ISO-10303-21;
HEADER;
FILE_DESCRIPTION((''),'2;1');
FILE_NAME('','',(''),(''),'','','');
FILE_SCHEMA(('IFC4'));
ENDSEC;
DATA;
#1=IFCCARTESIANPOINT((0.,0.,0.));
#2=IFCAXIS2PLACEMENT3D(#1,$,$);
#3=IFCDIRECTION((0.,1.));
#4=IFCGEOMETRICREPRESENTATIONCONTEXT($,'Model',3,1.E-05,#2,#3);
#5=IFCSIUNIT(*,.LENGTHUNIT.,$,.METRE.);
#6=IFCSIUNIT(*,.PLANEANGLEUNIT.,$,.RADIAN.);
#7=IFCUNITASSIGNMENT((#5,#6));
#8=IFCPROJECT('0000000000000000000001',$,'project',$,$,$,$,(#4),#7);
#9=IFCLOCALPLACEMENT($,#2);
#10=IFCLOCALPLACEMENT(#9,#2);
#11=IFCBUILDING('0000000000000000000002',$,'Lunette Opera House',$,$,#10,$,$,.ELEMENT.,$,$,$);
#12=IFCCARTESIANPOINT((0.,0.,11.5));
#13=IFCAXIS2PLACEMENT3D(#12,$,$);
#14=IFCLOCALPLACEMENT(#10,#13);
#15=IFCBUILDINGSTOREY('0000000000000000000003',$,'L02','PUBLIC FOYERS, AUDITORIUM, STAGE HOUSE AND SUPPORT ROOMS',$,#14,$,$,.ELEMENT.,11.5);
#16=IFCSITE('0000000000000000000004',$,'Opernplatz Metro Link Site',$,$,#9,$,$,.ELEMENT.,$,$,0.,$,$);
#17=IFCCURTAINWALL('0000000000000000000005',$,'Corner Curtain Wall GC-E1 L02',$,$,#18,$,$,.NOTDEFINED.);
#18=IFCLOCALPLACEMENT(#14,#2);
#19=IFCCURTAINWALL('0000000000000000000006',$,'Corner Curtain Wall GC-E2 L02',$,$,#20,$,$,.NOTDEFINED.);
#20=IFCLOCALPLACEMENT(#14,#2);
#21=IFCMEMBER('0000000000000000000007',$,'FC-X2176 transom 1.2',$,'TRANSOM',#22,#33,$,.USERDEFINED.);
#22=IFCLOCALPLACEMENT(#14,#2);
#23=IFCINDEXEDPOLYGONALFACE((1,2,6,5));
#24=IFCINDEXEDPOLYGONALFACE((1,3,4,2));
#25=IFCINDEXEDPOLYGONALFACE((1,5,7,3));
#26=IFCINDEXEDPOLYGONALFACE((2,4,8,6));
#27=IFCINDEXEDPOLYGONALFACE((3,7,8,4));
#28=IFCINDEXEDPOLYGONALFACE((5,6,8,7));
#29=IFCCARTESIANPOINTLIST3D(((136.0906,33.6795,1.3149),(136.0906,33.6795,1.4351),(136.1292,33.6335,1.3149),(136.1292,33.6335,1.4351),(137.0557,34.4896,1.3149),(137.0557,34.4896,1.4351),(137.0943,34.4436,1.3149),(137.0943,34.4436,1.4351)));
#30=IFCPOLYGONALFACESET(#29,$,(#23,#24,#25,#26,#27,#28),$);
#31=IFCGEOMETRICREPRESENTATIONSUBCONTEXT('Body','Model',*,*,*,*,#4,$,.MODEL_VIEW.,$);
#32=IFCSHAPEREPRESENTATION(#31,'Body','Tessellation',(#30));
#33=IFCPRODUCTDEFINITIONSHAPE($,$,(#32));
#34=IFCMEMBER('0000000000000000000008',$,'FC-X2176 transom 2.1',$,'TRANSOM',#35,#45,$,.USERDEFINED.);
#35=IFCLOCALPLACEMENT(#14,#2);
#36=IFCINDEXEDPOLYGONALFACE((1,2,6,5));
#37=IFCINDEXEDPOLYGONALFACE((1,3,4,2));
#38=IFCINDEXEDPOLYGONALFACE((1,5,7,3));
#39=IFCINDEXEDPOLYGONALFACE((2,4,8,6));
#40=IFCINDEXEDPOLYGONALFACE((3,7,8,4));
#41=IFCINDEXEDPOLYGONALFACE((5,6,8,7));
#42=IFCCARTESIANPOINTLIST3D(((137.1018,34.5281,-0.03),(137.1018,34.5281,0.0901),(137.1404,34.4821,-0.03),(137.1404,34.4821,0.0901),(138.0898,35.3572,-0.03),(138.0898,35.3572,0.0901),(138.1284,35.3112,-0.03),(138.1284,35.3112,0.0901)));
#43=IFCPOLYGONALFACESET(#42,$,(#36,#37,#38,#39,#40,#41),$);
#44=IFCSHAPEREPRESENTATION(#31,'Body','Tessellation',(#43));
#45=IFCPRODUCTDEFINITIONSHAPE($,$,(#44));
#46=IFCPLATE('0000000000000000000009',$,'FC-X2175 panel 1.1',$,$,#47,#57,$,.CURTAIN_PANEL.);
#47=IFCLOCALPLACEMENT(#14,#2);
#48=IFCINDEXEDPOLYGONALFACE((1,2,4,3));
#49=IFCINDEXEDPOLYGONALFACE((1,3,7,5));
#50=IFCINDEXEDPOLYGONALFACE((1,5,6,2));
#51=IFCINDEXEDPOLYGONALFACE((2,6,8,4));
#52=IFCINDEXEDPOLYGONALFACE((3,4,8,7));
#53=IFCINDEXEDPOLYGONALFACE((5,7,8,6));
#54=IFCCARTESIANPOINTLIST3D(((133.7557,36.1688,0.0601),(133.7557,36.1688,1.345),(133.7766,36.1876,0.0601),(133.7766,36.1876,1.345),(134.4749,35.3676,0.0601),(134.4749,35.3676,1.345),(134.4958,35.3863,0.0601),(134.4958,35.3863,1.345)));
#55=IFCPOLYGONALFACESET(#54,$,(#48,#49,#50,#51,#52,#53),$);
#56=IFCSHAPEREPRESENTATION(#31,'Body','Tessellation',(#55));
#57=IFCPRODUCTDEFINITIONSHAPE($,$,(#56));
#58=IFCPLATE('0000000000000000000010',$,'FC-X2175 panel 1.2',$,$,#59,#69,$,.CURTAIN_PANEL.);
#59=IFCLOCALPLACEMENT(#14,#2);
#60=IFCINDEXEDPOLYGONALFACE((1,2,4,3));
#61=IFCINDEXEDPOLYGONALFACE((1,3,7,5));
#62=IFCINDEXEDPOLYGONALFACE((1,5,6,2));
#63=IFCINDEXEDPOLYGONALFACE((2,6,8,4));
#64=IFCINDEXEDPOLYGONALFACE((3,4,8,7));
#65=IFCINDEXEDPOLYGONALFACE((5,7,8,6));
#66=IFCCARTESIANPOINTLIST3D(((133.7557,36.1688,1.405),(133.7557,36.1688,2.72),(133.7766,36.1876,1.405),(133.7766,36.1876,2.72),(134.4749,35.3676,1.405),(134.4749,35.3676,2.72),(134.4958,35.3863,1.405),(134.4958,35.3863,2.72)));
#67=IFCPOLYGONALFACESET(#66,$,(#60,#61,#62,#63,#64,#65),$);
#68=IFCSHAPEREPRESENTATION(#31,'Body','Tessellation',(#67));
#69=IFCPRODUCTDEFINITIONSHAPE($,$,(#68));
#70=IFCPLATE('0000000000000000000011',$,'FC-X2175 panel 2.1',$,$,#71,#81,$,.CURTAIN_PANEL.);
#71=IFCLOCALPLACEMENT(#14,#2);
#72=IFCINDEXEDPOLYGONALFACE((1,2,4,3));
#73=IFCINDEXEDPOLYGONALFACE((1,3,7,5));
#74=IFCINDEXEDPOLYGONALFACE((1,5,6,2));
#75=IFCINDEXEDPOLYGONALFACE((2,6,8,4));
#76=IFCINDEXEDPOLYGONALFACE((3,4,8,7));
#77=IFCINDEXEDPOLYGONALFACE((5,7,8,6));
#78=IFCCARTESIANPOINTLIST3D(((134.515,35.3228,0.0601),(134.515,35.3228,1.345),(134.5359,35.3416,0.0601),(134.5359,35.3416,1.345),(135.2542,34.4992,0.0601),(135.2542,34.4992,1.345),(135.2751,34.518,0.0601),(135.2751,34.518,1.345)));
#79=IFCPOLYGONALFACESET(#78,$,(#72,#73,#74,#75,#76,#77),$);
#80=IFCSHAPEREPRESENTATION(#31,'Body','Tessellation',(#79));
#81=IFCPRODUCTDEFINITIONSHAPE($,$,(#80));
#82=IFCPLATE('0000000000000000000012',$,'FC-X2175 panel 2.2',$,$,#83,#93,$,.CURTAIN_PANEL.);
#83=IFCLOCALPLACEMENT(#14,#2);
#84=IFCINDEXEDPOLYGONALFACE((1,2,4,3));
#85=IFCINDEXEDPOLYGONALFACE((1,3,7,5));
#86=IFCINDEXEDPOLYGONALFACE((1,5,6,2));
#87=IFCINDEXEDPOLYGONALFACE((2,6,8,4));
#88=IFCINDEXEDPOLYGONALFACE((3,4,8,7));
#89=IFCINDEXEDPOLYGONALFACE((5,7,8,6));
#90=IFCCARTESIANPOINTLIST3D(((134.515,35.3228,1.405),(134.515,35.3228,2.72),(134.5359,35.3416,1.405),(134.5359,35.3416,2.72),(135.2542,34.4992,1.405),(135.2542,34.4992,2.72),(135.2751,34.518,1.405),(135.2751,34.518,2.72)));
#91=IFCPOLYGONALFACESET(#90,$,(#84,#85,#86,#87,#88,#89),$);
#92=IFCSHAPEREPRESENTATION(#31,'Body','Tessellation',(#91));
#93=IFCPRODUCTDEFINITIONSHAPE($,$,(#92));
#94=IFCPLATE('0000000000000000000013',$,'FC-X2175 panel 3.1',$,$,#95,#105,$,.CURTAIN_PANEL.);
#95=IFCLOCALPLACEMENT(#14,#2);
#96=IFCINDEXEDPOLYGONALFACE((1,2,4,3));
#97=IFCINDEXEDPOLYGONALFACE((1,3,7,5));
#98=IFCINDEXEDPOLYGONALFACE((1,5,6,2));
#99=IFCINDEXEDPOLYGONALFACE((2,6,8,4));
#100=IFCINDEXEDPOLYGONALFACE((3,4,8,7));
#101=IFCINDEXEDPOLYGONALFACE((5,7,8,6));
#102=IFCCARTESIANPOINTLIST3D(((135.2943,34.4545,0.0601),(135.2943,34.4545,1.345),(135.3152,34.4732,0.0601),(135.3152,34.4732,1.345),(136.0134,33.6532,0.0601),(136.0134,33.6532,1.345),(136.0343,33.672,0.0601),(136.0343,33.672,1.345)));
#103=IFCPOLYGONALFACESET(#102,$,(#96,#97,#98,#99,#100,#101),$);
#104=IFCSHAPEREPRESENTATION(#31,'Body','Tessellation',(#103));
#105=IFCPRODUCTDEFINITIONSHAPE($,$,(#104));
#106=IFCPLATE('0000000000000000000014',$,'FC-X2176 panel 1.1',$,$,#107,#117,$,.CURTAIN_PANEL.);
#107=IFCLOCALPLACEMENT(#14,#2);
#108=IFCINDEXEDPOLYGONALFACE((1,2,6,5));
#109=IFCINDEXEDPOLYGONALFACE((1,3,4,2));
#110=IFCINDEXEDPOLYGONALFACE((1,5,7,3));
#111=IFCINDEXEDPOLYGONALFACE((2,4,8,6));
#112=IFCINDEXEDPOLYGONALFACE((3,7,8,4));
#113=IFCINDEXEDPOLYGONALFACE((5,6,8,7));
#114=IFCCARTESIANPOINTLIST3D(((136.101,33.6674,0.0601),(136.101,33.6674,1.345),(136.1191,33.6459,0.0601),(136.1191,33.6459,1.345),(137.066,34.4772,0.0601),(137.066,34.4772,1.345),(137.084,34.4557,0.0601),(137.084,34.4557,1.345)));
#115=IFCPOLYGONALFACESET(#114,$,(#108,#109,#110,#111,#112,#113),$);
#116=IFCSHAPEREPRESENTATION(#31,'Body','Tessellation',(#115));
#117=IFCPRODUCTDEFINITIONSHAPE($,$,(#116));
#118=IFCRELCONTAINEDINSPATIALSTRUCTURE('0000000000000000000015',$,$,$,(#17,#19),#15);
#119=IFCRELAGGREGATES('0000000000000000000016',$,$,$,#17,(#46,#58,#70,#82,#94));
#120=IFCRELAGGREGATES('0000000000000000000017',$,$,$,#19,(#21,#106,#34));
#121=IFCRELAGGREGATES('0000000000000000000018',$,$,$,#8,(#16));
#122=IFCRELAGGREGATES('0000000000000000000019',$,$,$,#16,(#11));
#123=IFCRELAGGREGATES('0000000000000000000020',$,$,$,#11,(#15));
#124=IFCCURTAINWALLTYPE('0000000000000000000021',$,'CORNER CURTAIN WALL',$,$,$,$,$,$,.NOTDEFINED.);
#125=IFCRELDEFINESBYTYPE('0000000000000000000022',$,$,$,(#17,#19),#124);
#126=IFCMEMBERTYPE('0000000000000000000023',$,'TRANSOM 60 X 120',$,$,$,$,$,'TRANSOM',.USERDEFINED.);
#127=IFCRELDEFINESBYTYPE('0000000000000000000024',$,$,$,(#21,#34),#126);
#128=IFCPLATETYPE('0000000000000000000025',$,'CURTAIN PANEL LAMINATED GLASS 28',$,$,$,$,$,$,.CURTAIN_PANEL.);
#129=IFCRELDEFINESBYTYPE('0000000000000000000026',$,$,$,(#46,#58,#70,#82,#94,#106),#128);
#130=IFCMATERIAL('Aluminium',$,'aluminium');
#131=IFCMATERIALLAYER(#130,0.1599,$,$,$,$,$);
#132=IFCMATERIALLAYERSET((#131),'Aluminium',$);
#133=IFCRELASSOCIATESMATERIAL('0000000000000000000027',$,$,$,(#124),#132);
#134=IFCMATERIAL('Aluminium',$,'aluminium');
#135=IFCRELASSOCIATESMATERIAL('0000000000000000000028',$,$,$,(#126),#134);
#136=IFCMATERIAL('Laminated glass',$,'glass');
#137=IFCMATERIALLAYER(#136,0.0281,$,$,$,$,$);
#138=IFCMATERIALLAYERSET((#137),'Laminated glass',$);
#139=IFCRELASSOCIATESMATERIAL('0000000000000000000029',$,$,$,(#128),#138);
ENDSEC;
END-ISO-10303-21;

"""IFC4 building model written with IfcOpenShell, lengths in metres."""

from ifc_helpers import new_model, si_unit, direction, frame, origin, origin_2d, place, context, subcontext, project, spatial, rectangle, extrude, material, layer, layer_set, material_profile, profile_set, type_object, element, aggregate, save


model = new_model("IFC4")

# Units and contexts
model_context = context("Model", 3, precision=1e-05, world=origin(), true_north=direction((0.0, 1.0)))
body_context = subcontext(model_context, "Body", "Model", "MODEL_VIEW")
ifc_project = project(units=[si_unit("LENGTHUNIT", "METRE"), si_unit("PLANEANGLEUNIT", "RADIAN")], contexts=[model_context])

# Site, building, storey
site_placement = place(None, origin())
site = spatial("IfcSite", under=ifc_project, at=site_placement, Name="Opernplatz Metro Link Site", CompositionType="ELEMENT", RefElevation=0.0)
building_placement = place(site_placement, origin())
building = spatial("IfcBuilding", under=site, at=building_placement, Name="Lunette Opera House", CompositionType="ELEMENT")
storey_placement = place(building_placement, frame((0.0, 0.0, 11.5)))
storey = spatial("IfcBuildingStorey", under=building, at=storey_placement, Name="L02", Description="PUBLIC FOYERS, AUDITORIUM, STAGE HOUSE AND SUPPORT ROOMS", CompositionType="ELEMENT", Elevation=11.5)

# Curtain walls
ifc_material_1 = material(Name="Aluminium", Category="aluminium")
ifc_layer_1 = layer(ifc_material_1, 0.1599)
ifc_layer_set_1 = layer_set([ifc_layer_1], Name="Aluminium")
curtain_wall_type = type_object("IfcCurtainWallType", Name="CORNER CURTAIN WALL", PredefinedType="NOTDEFINED", material=ifc_layer_set_1)
curtain_wall_1_placement = place(storey_placement, origin())
curtain_wall_1 = element("IfcCurtainWall", 1, at=curtain_wall_1_placement, inside=storey, type_object=curtain_wall_type, Name="Corner Curtain Wall GC-E1 L02", PredefinedType="NOTDEFINED")
curtain_wall_2_placement = place(storey_placement, origin())
curtain_wall_2 = element("IfcCurtainWall", 2, at=curtain_wall_2_placement, inside=storey, type_object=curtain_wall_type, Name="Corner Curtain Wall GC-E2 L02", PredefinedType="NOTDEFINED")

# Members
ifc_material_2 = material(Name="Aluminium", Category="aluminium")
ifc_material_profile_1 = material_profile(ifc_material_2, rectangle(XDim=0.0601, YDim=0.1201, at=origin_2d()), Name="TRANSOM 60 X 120")
ifc_profile_set_1 = profile_set([ifc_material_profile_1], Name="Aluminium")
member_type_1 = type_object("IfcMemberType", Name="TRANSOM 60 X 120", ElementType="TRANSOM", PredefinedType="USERDEFINED", material=ifc_profile_set_1)
member_1_placement = place(storey_placement, frame((136.1099, 33.6565, 1.375), z_axis=(0.765945, 0.642906, 0.0), x_axis=(-0.642906, 0.765945, 0.0)))
member_1 = element("IfcMember", 3, at=member_1_placement, type_object=member_type_1, Name="FC-X2176 transom 1.2", ObjectType="TRANSOM", PredefinedType="USERDEFINED", context=body_context, shape_type="SweptSolid", body=[
    extrude(rectangle(XDim=0.0601, YDim=0.1201, at=origin_2d()), origin(), (0.0, 0.0, 1.0), 1.26),
])
member_2_placement = place(storey_placement, frame((137.1211, 34.5051, 0.03), z_axis=(0.766029, 0.642806, 0.0), x_axis=(-0.642806, 0.766029, 0.0)))
member_2 = element("IfcMember", 4, at=member_2_placement, type_object=member_type_1, Name="FC-X2176 transom 2.1", ObjectType="TRANSOM", PredefinedType="USERDEFINED", context=body_context, shape_type="SweptSolid", body=[
    extrude(rectangle(XDim=0.0601, YDim=0.1201, at=origin_2d()), origin(), (0.0, 0.0, 1.0), 1.2898),
])

# Plates
ifc_material_3 = material(Name="Laminated glass", Category="glass")
ifc_layer_2 = layer(ifc_material_3, 0.0281)
ifc_layer_set_2 = layer_set([ifc_layer_2], Name="Laminated glass")
plate_type = type_object("IfcPlateType", Name="CURTAIN PANEL LAMINATED GLASS 28", PredefinedType="CURTAIN_PANEL", material=ifc_layer_set_2)
plate_1_placement = place(storey_placement, frame((134.1257, 35.7776, 0.0601), z_axis=(0.0, 0.0, 1.0), x_axis=(0.667938, -0.744217, 0.0)))
plate_1 = element("IfcPlate", 5, at=plate_1_placement, type_object=plate_type, Name="FC-X2175 panel 1.1", PredefinedType="CURTAIN_PANEL", context=body_context, shape_type="SweptSolid", body=[
    extrude(rectangle(XDim=1.0767, YDim=0.0281, at=origin_2d()), origin(), (0.0, 0.0, 1.0), 1.2849),
])
plate_2_placement = place(storey_placement, frame((134.1257, 35.7776, 1.405), z_axis=(0.0, 0.0, 1.0), x_axis=(0.667938, -0.744217, 0.0)))
plate_2 = element("IfcPlate", 6, at=plate_2_placement, type_object=plate_type, Name="FC-X2175 panel 1.2", PredefinedType="CURTAIN_PANEL", context=body_context, shape_type="SweptSolid", body=[
    extrude(rectangle(XDim=1.0767, YDim=0.0281, at=origin_2d()), origin(), (0.0, 0.0, 1.0), 1.3149),
])
plate_3_placement = place(storey_placement, frame((134.895, 34.9204, 0.0601), z_axis=(0.0, 0.0, 1.0), x_axis=(0.667938, -0.744217, 0.0)))
plate_3 = element("IfcPlate", 7, at=plate_3_placement, type_object=plate_type, Name="FC-X2175 panel 2.1", PredefinedType="CURTAIN_PANEL", context=body_context, shape_type="SweptSolid", body=[
    extrude(rectangle(XDim=1.1067, YDim=0.0281, at=origin_2d()), origin(), (0.0, 0.0, 1.0), 1.2849),
])
plate_4_placement = place(storey_placement, frame((134.895, 34.9204, 1.405), z_axis=(0.0, 0.0, 1.0), x_axis=(0.667938, -0.744217, 0.0)))
plate_4 = element("IfcPlate", 8, at=plate_4_placement, type_object=plate_type, Name="FC-X2175 panel 2.2", PredefinedType="CURTAIN_PANEL", context=body_context, shape_type="SweptSolid", body=[
    extrude(rectangle(XDim=1.1067, YDim=0.0281, at=origin_2d()), origin(), (0.0, 0.0, 1.0), 1.3149),
])
plate_5_placement = place(storey_placement, frame((135.6643, 34.0632, 0.0601), z_axis=(0.0, 0.0, 1.0), x_axis=(0.667938, -0.744217, 0.0)))
plate_5 = element("IfcPlate", 9, at=plate_5_placement, type_object=plate_type, Name="FC-X2175 panel 3.1", PredefinedType="CURTAIN_PANEL", context=body_context, shape_type="SweptSolid", body=[
    extrude(rectangle(XDim=1.0767, YDim=0.0281, at=origin_2d()), origin(), (0.0, 0.0, 1.0), 1.2849),
])
aggregate(curtain_wall_1, [plate_1, plate_2, plate_3, plate_4, plate_5])
plate_6_placement = place(storey_placement, frame((136.5925, 34.0615, 0.0601), z_axis=(0.0, 0.0, 1.0), x_axis=(0.766, 0.64284, 0.0)))
plate_6 = element("IfcPlate", 10, at=plate_6_placement, type_object=plate_type, Name="FC-X2176 panel 1.1", PredefinedType="CURTAIN_PANEL", context=body_context, shape_type="SweptSolid", body=[
    extrude(rectangle(XDim=1.2598, YDim=0.0281, at=origin_2d()), origin(), (0.0, 0.0, 1.0), 1.2849),
])
aggregate(curtain_wall_2, [member_1, plate_6, member_2])

save(model, "model.ifc")
